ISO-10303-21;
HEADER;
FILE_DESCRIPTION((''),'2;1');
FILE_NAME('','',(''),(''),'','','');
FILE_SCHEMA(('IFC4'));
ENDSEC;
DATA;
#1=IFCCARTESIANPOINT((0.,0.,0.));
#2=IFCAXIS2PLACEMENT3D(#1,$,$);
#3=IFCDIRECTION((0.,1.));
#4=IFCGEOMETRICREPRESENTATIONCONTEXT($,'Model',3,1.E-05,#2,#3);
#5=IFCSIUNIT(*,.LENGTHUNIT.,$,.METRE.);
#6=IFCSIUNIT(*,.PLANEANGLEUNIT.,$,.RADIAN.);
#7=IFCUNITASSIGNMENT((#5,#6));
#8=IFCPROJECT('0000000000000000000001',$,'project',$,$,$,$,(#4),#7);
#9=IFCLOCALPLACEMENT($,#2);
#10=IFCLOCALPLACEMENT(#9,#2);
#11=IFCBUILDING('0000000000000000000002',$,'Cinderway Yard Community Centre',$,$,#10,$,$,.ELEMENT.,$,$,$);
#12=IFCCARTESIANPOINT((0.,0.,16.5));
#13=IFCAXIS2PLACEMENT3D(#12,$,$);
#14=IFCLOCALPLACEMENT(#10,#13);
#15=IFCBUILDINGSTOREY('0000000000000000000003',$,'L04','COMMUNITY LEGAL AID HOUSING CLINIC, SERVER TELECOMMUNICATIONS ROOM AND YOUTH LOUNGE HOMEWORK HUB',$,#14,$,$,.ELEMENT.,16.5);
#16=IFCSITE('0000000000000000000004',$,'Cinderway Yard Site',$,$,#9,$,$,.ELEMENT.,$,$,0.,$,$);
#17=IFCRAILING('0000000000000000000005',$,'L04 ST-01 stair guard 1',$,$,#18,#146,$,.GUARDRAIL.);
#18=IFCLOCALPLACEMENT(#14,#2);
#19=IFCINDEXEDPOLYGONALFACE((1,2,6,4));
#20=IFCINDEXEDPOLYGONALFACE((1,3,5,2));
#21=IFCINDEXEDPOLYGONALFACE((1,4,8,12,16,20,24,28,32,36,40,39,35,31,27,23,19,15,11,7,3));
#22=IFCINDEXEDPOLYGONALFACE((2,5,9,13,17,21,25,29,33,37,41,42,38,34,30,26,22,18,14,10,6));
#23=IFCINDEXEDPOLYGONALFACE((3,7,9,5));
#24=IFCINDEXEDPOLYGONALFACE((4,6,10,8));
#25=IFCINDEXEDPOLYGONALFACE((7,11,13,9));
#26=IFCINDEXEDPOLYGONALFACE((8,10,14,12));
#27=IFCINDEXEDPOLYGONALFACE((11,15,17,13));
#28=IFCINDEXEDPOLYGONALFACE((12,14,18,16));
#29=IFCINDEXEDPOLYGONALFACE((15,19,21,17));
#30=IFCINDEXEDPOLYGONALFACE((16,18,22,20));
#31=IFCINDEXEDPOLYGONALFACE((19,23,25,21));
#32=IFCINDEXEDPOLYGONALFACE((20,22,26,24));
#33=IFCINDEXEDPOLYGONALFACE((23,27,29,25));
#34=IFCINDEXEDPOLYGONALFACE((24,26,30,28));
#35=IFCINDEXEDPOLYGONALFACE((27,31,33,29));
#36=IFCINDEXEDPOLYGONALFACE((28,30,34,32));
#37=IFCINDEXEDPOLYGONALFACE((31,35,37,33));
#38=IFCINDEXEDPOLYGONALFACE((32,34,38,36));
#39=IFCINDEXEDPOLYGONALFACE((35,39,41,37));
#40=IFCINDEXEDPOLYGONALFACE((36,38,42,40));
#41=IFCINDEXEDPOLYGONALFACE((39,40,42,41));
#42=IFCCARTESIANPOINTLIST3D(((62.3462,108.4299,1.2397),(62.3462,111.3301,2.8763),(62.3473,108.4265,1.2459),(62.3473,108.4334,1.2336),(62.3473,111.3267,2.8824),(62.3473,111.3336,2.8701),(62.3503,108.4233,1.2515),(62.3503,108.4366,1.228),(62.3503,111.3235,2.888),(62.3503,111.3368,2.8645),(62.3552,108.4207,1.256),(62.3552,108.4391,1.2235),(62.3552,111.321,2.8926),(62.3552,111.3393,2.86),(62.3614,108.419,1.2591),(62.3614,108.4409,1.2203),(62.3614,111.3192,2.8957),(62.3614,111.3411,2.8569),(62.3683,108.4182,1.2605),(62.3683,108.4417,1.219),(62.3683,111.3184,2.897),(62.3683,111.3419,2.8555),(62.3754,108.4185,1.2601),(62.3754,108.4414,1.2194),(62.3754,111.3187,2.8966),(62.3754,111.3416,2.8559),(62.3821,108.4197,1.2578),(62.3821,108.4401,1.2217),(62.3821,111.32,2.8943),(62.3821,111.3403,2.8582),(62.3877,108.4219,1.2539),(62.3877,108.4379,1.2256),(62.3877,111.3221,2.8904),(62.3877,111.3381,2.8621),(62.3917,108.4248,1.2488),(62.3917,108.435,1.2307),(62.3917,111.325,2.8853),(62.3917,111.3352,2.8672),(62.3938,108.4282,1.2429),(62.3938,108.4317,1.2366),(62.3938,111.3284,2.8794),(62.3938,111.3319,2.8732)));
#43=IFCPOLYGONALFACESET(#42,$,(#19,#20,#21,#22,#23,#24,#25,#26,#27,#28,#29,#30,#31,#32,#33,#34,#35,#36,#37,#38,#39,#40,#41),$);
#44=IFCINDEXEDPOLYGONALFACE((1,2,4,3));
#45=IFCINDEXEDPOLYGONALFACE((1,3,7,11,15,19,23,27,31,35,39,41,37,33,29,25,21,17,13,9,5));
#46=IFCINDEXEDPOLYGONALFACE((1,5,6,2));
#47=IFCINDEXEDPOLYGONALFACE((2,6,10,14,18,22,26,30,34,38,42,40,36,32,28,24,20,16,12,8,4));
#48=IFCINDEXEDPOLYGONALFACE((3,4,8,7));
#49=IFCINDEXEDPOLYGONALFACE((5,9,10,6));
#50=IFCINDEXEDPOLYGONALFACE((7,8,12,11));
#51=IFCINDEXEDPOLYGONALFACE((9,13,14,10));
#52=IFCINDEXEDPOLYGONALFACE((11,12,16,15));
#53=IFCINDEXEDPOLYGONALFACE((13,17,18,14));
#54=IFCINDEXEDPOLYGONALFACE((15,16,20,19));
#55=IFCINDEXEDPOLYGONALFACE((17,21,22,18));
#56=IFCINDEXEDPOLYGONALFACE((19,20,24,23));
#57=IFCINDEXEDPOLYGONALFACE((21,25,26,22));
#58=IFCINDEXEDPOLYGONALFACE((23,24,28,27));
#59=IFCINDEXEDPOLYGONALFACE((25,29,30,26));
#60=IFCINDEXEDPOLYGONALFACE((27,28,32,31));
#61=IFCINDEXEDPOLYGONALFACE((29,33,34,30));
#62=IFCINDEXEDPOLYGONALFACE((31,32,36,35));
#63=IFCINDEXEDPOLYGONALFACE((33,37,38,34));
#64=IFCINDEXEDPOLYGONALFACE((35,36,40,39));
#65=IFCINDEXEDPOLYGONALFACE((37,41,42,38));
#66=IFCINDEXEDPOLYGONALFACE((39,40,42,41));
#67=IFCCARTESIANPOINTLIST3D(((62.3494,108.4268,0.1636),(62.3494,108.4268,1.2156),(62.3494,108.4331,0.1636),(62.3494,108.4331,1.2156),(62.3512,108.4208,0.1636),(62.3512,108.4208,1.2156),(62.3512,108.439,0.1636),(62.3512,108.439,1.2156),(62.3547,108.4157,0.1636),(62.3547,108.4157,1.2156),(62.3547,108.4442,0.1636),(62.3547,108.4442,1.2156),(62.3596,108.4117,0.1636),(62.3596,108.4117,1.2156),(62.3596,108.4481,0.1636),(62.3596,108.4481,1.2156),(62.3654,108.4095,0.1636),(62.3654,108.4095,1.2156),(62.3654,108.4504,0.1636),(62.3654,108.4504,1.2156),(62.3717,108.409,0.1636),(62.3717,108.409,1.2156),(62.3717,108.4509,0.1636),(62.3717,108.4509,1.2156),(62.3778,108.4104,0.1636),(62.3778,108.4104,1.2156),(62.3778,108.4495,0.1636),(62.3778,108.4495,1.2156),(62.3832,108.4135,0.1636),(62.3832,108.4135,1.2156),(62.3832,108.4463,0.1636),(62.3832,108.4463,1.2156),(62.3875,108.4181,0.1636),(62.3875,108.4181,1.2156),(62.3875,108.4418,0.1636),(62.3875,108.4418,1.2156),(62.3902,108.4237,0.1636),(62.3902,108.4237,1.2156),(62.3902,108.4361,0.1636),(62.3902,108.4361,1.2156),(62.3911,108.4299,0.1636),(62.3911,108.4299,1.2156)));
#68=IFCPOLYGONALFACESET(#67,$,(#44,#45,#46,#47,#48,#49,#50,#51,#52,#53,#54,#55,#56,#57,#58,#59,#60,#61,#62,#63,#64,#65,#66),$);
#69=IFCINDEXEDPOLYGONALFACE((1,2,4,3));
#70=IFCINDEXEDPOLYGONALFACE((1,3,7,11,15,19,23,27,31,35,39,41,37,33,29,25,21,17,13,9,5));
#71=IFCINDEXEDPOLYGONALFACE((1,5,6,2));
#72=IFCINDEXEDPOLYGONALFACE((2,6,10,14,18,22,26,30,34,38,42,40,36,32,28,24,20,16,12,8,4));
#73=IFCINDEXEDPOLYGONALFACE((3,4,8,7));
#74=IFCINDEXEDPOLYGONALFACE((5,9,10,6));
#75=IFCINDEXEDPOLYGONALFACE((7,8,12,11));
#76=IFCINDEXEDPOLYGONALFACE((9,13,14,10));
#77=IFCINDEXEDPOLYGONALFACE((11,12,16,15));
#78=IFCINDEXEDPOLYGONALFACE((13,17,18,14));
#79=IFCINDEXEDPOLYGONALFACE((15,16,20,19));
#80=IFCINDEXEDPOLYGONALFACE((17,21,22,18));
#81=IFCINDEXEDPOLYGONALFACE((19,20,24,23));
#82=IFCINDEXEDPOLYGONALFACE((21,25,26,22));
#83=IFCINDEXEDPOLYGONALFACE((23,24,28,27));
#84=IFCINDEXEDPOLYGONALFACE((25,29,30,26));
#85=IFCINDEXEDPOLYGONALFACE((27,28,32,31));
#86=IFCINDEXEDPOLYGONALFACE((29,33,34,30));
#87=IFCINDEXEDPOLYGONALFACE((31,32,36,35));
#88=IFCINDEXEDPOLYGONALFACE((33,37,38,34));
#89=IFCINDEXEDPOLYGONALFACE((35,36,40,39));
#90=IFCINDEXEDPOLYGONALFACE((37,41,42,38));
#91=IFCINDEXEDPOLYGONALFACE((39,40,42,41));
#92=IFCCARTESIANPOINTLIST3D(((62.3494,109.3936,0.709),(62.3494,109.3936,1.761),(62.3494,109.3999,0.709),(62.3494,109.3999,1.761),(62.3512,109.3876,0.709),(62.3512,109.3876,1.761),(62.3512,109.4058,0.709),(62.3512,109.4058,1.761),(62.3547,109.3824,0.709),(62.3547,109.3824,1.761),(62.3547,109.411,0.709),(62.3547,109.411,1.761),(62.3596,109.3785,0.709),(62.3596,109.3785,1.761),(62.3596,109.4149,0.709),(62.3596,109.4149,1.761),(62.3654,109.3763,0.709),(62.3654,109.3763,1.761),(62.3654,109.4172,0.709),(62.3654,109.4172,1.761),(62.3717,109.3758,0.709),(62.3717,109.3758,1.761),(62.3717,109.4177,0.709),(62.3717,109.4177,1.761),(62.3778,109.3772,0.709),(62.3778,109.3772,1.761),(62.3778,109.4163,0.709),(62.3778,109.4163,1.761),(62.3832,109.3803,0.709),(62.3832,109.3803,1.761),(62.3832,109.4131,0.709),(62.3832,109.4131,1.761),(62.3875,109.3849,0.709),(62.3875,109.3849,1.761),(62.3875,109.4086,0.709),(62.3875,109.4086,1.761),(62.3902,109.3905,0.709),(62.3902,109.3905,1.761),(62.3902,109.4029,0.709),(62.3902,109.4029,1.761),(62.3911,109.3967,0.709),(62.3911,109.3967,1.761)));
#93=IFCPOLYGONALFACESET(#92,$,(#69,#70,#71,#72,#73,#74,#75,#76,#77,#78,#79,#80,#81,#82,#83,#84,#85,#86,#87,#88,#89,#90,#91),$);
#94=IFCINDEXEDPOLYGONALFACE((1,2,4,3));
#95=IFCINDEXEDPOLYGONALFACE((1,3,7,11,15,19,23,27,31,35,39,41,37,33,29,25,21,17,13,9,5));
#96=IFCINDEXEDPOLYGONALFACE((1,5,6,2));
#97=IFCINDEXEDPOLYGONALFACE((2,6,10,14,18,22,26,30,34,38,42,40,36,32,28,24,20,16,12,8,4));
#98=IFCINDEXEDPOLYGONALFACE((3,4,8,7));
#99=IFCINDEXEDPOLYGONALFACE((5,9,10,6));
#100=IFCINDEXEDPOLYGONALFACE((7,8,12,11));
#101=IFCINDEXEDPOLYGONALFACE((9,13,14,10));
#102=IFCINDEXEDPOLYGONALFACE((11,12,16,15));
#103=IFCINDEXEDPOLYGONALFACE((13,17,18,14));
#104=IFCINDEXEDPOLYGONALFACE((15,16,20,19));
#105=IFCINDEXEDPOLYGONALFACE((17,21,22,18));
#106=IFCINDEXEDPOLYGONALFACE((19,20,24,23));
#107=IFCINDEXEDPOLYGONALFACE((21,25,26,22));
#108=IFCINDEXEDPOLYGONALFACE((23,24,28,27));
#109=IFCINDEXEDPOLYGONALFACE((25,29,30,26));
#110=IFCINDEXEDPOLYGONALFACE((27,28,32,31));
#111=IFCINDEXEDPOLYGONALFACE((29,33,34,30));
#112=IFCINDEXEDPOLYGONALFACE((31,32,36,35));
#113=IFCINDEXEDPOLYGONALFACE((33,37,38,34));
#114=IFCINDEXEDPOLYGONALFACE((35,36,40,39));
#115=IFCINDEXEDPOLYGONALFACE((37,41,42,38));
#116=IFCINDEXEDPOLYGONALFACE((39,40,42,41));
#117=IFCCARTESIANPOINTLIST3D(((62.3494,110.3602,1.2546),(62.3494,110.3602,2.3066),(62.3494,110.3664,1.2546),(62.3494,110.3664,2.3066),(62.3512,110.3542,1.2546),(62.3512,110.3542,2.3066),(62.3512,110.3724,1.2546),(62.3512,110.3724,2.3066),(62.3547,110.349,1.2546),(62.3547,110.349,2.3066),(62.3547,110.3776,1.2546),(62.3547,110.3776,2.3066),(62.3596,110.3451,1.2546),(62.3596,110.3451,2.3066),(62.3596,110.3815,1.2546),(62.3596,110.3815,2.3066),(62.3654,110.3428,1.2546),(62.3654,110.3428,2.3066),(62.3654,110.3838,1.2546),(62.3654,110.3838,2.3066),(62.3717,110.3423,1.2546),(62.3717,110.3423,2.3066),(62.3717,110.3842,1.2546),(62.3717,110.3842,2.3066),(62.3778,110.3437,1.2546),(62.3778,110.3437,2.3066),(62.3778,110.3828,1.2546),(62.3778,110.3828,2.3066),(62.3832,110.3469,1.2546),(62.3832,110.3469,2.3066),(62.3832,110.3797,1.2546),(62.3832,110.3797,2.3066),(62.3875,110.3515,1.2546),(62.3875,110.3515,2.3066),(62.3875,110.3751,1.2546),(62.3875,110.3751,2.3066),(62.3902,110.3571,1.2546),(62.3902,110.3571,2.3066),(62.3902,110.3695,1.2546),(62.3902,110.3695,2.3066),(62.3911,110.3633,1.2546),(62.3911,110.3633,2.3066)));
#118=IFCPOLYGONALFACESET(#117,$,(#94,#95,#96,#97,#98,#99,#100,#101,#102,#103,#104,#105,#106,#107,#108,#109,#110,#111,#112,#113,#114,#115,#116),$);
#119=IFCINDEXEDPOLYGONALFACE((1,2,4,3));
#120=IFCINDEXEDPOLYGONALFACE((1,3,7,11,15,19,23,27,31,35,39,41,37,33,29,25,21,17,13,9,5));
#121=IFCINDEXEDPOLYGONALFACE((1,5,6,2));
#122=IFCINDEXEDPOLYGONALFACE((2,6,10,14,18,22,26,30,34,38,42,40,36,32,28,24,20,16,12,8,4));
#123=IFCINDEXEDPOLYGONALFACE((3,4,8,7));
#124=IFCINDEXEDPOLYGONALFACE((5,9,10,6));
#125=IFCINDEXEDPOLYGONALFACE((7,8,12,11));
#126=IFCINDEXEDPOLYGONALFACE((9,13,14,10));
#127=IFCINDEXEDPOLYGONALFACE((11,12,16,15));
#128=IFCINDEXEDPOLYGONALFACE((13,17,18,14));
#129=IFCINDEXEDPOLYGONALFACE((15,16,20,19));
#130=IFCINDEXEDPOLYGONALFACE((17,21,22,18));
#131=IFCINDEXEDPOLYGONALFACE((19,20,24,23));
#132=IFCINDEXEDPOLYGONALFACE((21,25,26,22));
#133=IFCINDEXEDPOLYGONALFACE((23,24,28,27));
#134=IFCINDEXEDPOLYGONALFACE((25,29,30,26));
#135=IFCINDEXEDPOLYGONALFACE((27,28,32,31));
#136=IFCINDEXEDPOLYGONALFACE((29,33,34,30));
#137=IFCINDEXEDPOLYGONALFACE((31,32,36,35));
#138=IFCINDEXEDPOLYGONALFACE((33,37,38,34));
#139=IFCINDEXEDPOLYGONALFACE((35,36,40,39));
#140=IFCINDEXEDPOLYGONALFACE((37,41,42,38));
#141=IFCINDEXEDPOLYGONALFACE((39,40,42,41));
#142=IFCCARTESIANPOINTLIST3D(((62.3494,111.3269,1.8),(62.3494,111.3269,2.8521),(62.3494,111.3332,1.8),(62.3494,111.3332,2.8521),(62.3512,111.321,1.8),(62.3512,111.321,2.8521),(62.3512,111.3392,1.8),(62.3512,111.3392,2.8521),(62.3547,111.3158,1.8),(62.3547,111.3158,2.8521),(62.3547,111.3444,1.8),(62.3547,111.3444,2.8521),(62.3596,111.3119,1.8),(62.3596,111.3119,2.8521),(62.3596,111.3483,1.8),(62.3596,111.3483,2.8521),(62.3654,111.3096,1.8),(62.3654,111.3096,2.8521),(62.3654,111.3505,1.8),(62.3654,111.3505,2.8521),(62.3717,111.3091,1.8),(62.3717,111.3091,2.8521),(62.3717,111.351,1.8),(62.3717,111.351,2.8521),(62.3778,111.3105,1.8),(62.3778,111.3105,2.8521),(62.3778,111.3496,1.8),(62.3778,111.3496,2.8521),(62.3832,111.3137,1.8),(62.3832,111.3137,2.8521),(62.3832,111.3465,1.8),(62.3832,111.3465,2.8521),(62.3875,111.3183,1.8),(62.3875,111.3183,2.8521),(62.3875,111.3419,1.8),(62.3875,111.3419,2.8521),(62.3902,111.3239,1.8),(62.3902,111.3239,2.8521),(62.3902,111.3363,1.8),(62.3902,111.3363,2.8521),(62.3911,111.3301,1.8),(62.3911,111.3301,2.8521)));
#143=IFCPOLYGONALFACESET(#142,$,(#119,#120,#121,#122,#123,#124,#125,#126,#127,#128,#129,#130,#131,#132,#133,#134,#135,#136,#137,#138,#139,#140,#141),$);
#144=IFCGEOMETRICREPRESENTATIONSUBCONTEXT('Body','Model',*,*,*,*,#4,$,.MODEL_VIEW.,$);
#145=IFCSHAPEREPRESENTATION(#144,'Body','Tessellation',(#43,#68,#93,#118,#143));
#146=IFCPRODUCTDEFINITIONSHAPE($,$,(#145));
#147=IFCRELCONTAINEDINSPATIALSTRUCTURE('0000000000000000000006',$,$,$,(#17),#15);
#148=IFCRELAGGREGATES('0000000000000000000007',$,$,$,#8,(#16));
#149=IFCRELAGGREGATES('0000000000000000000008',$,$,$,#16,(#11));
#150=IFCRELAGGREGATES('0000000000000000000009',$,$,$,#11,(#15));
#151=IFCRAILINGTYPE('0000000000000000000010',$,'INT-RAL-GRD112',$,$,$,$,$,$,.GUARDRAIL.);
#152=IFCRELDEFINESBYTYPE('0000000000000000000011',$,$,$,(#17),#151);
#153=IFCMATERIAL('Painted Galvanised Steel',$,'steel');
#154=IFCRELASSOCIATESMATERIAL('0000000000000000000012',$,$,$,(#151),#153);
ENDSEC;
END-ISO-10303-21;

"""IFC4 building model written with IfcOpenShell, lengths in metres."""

from ifc_helpers import new_model, si_unit, direction, frame, origin, origin_2d, place, context, subcontext, project, spatial, circle, extrude, material, type_object, element, save


model = new_model("IFC4")

# Units and contexts
model_context = context("Model", 3, precision=1e-05, world=origin(), true_north=direction((0.0, 1.0)))
body_context = subcontext(model_context, "Body", "Model", "MODEL_VIEW")
ifc_project = project(units=[si_unit("LENGTHUNIT", "METRE"), si_unit("PLANEANGLEUNIT", "RADIAN")], contexts=[model_context])

# Site, building, storey
site_placement = place(None, origin())
site = spatial("IfcSite", under=ifc_project, at=site_placement, Name="Cinderway Yard Site", CompositionType="ELEMENT", RefElevation=0.0)
building_placement = place(site_placement, origin())
building = spatial("IfcBuilding", under=site, at=building_placement, Name="Cinderway Yard Community Centre", CompositionType="ELEMENT")
storey_placement = place(building_placement, frame((0.0, 0.0, 16.5)))
storey = spatial("IfcBuildingStorey", under=building, at=storey_placement, Name="L04", Description="COMMUNITY LEGAL AID HOUSING CLINIC, SERVER TELECOMMUNICATIONS ROOM AND YOUTH LOUNGE HOMEWORK HUB", CompositionType="ELEMENT", Elevation=16.5)

# Shared definitions
ifc_material_1 = material(Name="Painted Galvanised Steel", Category="steel")

# Railing
railing_type = type_object("IfcRailingType", Name="INT-RAL-GRD112", PredefinedType="GUARDRAIL", material=ifc_material_1)
railing_1_placement = place(storey_placement, frame((62.3701, 108.4299, 0.1636)))
element("IfcRailing", 1, at=railing_1_placement, inside=storey, type_object=railing_type, Name="L04 ST-01 stair guard 1", PredefinedType="GUARDRAIL", context=body_context, shape_type="SweptSolid", body=[
    extrude(circle(Radius=0.0239, at=origin_2d()), frame((0.0, 0.0, 1.0762), z_axis=(0.0, 0.870915, 0.491434), x_axis=(-1.0, 0.0, 0.0)), (0.0, 0.0, 1.0), 3.3301),
    extrude(circle(Radius=0.021, at=origin_2d()), origin(), (0.0, 0.0, 1.0), 1.052),
    extrude(circle(Radius=0.021, at=origin_2d()), frame((0.0, 0.9668, 0.5454)), (0.0, 0.0, 1.0), 1.052),
    extrude(circle(Radius=0.021, at=origin_2d()), frame((0.0, 1.9333, 1.0911)), (0.0, 0.0, 1.0), 1.052),
    extrude(circle(Radius=0.021, at=origin_2d()), frame((0.0, 2.9001, 1.6365)), (0.0, 0.0, 1.0), 1.052),
])

save(model, "model.ifc")
